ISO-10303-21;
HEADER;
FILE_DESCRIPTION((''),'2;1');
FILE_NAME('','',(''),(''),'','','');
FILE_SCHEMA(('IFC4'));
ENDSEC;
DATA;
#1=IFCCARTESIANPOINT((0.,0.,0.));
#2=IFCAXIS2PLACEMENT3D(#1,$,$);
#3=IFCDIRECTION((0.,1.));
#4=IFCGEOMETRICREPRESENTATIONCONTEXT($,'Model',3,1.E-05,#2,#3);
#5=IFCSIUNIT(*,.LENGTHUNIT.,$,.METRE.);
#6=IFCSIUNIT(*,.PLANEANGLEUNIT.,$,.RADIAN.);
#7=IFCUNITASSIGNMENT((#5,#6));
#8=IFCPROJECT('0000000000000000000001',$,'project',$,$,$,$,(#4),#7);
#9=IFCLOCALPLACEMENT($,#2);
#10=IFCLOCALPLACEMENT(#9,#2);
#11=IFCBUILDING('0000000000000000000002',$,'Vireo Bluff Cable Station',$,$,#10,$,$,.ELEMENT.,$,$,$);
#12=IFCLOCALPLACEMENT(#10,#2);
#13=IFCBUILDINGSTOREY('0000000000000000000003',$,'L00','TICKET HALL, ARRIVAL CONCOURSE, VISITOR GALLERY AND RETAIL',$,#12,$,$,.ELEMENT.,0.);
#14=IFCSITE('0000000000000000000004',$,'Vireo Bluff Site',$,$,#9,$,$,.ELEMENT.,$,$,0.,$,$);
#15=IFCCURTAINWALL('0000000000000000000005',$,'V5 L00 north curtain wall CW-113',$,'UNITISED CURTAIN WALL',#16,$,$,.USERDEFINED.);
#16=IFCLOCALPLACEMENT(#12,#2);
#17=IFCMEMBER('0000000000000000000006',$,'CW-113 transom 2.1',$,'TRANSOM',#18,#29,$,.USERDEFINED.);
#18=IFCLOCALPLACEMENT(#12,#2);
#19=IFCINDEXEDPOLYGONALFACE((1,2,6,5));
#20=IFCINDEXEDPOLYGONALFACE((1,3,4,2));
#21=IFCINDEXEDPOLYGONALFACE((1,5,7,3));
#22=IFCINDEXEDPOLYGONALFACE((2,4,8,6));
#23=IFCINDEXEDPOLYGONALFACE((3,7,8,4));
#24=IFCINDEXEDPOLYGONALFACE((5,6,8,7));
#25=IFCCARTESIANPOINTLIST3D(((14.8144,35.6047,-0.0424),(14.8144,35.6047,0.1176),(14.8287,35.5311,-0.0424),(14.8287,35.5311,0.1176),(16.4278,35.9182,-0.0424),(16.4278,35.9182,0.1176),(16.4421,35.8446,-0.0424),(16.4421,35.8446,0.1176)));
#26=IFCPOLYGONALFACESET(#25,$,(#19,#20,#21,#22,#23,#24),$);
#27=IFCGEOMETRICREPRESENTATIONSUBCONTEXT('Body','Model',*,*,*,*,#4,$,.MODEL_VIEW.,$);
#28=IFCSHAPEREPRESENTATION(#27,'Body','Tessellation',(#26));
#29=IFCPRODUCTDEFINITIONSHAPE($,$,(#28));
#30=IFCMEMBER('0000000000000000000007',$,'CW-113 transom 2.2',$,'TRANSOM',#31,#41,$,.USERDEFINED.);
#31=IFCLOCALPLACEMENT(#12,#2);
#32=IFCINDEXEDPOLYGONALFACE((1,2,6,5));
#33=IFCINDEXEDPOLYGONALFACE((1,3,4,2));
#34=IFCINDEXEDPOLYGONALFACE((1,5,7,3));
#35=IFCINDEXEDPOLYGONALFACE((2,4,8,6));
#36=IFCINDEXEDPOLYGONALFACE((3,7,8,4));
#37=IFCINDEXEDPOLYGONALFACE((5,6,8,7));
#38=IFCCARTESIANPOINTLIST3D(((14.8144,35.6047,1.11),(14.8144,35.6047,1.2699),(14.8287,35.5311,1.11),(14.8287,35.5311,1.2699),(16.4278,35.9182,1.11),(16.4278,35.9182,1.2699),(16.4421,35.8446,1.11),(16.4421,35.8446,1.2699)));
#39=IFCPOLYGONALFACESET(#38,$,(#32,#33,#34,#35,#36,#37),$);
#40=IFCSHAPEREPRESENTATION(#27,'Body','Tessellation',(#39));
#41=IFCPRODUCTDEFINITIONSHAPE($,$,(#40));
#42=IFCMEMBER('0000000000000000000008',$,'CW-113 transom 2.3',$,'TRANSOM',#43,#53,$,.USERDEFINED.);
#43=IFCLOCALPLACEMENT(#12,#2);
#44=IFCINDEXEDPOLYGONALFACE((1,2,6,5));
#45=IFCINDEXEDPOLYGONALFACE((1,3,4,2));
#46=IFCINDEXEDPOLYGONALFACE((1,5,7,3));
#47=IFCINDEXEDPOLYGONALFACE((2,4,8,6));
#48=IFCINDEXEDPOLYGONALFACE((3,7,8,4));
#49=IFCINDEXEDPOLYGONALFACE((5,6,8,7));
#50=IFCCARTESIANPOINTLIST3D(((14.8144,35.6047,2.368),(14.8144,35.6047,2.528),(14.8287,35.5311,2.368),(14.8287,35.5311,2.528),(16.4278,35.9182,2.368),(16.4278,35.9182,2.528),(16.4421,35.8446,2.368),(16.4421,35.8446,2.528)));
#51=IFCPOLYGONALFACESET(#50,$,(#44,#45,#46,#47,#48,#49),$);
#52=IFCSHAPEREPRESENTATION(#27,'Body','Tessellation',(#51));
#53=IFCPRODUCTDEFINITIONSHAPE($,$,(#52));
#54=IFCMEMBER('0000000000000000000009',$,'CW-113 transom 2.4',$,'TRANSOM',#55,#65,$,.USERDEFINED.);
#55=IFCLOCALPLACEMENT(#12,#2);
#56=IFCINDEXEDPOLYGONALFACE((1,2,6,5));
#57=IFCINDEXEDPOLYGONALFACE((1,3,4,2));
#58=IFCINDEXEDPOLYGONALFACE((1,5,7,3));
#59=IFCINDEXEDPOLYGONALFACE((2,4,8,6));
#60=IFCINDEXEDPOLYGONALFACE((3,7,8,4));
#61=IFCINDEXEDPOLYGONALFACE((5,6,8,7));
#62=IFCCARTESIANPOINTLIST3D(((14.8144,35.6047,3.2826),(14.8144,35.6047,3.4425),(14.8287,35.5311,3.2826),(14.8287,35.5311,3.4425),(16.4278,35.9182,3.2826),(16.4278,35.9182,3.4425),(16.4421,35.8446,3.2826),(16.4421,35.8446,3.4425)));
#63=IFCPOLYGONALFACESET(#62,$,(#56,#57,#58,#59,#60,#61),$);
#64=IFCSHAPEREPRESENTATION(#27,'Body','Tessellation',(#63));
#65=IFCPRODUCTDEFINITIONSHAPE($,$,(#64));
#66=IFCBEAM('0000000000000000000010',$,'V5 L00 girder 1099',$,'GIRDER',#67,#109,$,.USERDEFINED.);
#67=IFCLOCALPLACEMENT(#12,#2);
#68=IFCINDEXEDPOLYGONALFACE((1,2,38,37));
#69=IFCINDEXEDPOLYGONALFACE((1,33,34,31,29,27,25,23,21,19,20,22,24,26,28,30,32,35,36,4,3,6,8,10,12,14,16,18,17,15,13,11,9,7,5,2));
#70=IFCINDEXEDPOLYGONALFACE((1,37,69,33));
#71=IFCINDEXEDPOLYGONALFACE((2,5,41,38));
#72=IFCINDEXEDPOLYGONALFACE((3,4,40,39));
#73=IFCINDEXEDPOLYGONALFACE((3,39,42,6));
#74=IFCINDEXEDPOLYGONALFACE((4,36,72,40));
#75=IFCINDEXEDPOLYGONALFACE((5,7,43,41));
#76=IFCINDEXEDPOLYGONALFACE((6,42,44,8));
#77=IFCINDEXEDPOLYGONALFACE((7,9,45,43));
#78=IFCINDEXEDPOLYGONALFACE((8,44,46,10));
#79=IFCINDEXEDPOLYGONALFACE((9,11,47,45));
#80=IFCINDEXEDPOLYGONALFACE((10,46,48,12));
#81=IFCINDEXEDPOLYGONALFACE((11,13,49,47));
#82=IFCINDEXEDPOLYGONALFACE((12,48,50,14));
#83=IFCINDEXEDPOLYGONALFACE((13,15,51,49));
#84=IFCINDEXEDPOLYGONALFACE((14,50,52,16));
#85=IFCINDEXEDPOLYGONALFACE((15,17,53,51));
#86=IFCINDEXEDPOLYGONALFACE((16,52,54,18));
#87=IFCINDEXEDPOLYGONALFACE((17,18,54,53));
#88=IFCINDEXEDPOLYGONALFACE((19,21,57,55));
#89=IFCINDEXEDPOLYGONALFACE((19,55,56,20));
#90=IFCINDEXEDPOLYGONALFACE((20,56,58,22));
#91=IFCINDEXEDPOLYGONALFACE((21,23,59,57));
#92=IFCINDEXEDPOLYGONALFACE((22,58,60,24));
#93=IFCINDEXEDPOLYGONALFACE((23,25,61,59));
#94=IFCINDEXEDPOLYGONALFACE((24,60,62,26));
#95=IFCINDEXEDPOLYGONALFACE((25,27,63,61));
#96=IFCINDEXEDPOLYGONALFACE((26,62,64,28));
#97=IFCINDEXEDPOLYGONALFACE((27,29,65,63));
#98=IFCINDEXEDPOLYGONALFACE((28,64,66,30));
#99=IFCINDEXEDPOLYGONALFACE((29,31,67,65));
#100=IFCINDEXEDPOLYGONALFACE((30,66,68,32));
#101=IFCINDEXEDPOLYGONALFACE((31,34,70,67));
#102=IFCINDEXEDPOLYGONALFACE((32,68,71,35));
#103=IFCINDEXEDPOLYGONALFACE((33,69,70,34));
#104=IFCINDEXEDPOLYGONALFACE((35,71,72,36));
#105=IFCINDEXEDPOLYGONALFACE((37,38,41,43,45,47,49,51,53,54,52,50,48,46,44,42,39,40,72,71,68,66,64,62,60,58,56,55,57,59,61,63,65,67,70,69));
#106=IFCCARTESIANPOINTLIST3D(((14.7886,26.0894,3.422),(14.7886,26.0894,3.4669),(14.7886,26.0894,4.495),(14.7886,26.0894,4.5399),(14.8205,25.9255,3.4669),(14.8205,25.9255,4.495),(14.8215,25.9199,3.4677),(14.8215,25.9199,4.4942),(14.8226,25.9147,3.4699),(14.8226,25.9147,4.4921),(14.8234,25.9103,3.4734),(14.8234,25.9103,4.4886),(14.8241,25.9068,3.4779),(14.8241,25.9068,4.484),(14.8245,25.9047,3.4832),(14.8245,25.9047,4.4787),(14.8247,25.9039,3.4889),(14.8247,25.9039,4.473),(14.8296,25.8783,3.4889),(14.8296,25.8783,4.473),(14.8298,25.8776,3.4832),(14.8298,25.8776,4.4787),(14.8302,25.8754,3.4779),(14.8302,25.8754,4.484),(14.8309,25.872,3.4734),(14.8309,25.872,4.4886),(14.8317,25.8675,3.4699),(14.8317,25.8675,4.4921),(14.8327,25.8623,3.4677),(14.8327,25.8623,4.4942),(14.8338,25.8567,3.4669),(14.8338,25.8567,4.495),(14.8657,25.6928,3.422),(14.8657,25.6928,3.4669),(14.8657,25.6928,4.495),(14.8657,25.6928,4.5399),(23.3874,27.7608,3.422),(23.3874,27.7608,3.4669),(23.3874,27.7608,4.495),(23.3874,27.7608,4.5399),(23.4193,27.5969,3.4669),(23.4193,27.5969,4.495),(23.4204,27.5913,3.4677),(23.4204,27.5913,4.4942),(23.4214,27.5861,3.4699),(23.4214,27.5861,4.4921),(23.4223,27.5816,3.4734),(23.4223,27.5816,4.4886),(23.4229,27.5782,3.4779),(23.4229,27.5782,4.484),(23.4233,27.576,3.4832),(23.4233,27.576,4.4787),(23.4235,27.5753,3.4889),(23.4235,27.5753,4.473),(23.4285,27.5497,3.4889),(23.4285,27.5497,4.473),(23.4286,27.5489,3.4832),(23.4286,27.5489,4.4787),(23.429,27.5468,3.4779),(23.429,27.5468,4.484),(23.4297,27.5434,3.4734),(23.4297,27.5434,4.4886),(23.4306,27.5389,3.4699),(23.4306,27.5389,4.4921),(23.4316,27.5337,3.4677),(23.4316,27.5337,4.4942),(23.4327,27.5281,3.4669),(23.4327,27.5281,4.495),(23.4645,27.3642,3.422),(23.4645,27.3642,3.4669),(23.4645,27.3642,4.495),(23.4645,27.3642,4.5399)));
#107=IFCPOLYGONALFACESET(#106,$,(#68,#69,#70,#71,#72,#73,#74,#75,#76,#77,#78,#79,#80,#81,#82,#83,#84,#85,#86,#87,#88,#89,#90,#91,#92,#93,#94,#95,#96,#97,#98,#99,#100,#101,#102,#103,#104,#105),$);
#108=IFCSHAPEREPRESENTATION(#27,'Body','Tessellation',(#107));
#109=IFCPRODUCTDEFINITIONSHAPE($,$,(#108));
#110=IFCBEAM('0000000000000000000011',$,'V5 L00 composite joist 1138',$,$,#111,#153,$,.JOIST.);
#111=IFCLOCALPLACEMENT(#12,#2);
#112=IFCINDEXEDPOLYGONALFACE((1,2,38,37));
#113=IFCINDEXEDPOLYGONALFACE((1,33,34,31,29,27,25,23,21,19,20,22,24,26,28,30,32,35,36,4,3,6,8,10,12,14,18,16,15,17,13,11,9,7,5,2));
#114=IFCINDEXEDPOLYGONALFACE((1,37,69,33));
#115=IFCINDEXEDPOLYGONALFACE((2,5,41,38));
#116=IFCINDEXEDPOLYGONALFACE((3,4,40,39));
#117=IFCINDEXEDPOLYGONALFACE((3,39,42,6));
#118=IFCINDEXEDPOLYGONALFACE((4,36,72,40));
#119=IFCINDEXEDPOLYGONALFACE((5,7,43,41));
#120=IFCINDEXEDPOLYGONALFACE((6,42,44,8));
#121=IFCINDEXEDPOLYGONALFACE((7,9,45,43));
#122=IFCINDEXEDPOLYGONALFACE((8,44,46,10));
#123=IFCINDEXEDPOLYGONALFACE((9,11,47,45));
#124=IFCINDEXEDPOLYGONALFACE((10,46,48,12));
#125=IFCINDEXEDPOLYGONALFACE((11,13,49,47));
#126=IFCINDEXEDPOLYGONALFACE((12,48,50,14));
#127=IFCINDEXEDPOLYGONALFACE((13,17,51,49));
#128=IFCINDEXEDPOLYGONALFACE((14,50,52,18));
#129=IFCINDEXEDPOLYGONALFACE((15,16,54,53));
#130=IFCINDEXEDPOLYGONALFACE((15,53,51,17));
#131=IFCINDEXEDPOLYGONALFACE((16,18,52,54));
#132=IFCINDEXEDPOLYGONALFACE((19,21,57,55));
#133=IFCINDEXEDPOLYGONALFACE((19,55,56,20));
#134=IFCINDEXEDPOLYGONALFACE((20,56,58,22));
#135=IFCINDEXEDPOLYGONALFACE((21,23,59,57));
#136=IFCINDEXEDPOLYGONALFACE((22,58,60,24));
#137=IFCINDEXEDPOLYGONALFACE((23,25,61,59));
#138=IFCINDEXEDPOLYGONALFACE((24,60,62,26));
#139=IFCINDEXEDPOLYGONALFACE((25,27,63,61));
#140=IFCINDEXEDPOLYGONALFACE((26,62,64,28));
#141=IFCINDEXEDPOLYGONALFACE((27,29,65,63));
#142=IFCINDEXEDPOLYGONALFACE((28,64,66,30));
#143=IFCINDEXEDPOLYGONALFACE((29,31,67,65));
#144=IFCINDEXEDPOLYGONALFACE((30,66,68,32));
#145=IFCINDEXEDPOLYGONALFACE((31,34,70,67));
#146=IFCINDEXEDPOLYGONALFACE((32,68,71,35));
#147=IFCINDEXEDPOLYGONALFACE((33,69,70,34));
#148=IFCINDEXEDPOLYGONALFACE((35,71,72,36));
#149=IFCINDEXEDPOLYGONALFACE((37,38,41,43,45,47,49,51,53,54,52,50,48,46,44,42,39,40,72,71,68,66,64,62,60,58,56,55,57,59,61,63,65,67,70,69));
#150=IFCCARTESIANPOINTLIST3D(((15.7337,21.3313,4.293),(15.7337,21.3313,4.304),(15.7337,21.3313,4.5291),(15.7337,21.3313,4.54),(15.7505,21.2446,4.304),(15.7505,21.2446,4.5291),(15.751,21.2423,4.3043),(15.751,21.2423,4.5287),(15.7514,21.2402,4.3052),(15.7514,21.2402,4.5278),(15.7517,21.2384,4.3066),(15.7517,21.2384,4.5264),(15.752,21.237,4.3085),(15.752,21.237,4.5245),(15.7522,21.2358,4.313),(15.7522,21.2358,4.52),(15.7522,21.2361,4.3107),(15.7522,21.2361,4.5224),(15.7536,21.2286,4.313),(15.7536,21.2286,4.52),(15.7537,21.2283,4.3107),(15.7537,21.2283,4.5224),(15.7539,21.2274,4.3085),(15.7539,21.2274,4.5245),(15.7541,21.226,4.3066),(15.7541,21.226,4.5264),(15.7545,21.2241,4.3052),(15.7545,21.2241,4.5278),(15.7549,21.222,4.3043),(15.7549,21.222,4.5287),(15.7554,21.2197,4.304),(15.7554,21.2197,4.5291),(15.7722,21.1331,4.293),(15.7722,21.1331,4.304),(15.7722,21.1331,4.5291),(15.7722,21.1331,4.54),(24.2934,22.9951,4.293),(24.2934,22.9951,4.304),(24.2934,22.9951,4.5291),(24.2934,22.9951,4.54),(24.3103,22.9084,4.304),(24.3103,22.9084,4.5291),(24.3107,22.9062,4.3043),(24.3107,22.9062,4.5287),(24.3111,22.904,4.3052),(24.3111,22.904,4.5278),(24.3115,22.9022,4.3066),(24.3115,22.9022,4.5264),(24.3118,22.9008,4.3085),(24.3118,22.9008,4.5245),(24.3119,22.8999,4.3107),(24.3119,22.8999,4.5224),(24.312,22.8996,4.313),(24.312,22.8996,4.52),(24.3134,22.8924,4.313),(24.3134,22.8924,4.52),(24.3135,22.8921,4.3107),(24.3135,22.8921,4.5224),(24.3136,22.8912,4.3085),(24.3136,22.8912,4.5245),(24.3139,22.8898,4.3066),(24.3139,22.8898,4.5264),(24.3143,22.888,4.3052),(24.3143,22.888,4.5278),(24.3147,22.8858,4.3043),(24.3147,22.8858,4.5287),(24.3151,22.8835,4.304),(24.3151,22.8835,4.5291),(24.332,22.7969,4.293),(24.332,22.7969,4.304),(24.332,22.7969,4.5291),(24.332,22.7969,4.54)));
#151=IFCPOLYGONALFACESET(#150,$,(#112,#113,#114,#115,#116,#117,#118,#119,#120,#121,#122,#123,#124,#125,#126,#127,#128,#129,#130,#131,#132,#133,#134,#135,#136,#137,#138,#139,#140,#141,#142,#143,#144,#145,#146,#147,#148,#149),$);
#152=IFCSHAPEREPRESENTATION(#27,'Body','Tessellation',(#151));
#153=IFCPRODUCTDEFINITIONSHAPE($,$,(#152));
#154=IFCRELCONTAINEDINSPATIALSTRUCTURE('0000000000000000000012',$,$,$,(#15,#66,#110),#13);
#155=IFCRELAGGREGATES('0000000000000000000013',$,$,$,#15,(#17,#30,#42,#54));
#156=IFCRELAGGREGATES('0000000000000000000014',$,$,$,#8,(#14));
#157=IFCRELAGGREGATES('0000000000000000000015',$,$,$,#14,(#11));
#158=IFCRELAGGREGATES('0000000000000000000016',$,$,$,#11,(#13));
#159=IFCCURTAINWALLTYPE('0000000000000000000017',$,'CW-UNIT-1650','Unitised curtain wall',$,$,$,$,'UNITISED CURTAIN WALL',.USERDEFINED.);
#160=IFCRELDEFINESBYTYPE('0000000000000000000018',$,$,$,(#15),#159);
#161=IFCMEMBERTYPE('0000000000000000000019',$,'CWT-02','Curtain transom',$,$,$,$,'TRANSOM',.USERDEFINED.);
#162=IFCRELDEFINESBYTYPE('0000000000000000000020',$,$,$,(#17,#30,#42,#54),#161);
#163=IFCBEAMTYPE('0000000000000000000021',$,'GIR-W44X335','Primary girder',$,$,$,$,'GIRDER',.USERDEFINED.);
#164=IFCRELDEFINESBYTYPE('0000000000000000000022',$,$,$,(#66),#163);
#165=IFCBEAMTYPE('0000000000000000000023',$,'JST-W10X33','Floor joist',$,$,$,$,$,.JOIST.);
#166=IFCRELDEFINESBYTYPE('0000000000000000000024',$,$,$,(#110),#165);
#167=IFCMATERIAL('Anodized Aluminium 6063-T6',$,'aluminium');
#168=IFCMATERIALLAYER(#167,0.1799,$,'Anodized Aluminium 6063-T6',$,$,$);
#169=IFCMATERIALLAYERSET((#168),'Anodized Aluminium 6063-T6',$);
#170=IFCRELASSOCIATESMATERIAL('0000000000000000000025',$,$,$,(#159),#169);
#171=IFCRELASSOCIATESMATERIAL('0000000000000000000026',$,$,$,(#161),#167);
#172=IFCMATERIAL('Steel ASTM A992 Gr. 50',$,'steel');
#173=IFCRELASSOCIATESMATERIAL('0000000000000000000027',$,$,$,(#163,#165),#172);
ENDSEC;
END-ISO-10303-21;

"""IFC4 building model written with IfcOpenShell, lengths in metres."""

from ifc_helpers import new_model, si_unit, direction, frame, origin, origin_2d, place, context, subcontext, project, spatial, rectangle, i_section, extrude, material, layer, layer_set, material_profile, profile_set, type_object, element, aggregate, save


model = new_model("IFC4")

# Units and contexts
model_context = context("Model", 3, precision=1e-05, world=origin(), true_north=direction((0.0, 1.0)))
body_context = subcontext(model_context, "Body", "Model", "MODEL_VIEW")
ifc_project = project(units=[si_unit("LENGTHUNIT", "METRE"), si_unit("PLANEANGLEUNIT", "RADIAN")], contexts=[model_context])

# Site, building, storey
site_placement = place(None, origin())
site = spatial("IfcSite", under=ifc_project, at=site_placement, Name="Vireo Bluff Site", CompositionType="ELEMENT", RefElevation=0.0)
building_placement = place(site_placement, origin())
building = spatial("IfcBuilding", under=site, at=building_placement, Name="Vireo Bluff Cable Station", CompositionType="ELEMENT")
storey_placement = place(building_placement, origin())
storey = spatial("IfcBuildingStorey", under=building, at=storey_placement, Name="L00", Description="TICKET HALL, ARRIVAL CONCOURSE, VISITOR GALLERY AND RETAIL", CompositionType="ELEMENT", Elevation=0.0)

# Shared definitions
ifc_material_1 = material(Name="Steel ASTM A992 Gr. 50", Category="steel")

# Curtain wall, members
ifc_material_2 = material(Name="Anodized Aluminium 6063-T6", Category="aluminium")
ifc_layer_1 = layer(ifc_material_2, 0.1799, Name="Anodized Aluminium 6063-T6")
ifc_layer_set_1 = layer_set([ifc_layer_1], Name="Anodized Aluminium 6063-T6")
curtain_wall_type = type_object("IfcCurtainWallType", Name="CW-UNIT-1650", Description="Unitised curtain wall", ElementType="UNITISED CURTAIN WALL", PredefinedType="USERDEFINED", material=ifc_layer_set_1)
curtain_wall_placement = place(storey_placement, origin())
curtain_wall = element("IfcCurtainWall", 1, at=curtain_wall_placement, inside=storey, type_object=curtain_wall_type, Name="V5 L00 north curtain wall CW-113", ObjectType="UNITISED CURTAIN WALL", PredefinedType="USERDEFINED")
ifc_material_profile_1 = material_profile(ifc_material_2, rectangle(XDim=0.075, YDim=0.1599, at=origin_2d()), Name="ALU-T-75X160")
ifc_profile_set_1 = profile_set([ifc_material_profile_1], Name="Anodized Aluminium 6063-T6")
member_type_1 = type_object("IfcMemberType", Name="CWT-02", Description="Curtain transom", ElementType="TRANSOM", PredefinedType="USERDEFINED", material=ifc_profile_set_1)
member_1_placement = place(storey_placement, frame((14.8215, 35.5679, 0.0376), z_axis=(0.98164, 0.190742, 0.0), x_axis=(-0.190742, 0.98164, 0.0)))
member_1 = element("IfcMember", 2, at=member_1_placement, type_object=member_type_1, Name="CW-113 transom 2.1", ObjectType="TRANSOM", PredefinedType="USERDEFINED", context=body_context, shape_type="SweptSolid", body=[
    extrude(rectangle(XDim=0.075, YDim=0.1599, at=origin_2d()), origin(), (0.0, 0.0, 1.0), 1.6436),
])
member_2_placement = place(storey_placement, frame((14.8215, 35.5679, 1.1899), z_axis=(0.98164, 0.190742, 0.0), x_axis=(-0.190742, 0.98164, 0.0)))
member_2 = element("IfcMember", 3, at=member_2_placement, type_object=member_type_1, Name="CW-113 transom 2.2", ObjectType="TRANSOM", PredefinedType="USERDEFINED", context=body_context, shape_type="SweptSolid", body=[
    extrude(rectangle(XDim=0.075, YDim=0.1599, at=origin_2d()), origin(), (0.0, 0.0, 1.0), 1.6436),
])
member_3_placement = place(storey_placement, frame((14.8215, 35.5679, 2.448), z_axis=(0.98164, 0.190742, 0.0), x_axis=(-0.190742, 0.98164, 0.0)))
member_3 = element("IfcMember", 4, at=member_3_placement, type_object=member_type_1, Name="CW-113 transom 2.3", ObjectType="TRANSOM", PredefinedType="USERDEFINED", context=body_context, shape_type="SweptSolid", body=[
    extrude(rectangle(XDim=0.075, YDim=0.1599, at=origin_2d()), origin(), (0.0, 0.0, 1.0), 1.6436),
])
member_4_placement = place(storey_placement, frame((14.8215, 35.5679, 3.3625), z_axis=(0.98164, 0.190742, 0.0), x_axis=(-0.190742, 0.98164, 0.0)))
member_4 = element("IfcMember", 5, at=member_4_placement, type_object=member_type_1, Name="CW-113 transom 2.4", ObjectType="TRANSOM", PredefinedType="USERDEFINED", context=body_context, shape_type="SweptSolid", body=[
    extrude(rectangle(XDim=0.075, YDim=0.1599, at=origin_2d()), origin(), (0.0, 0.0, 1.0), 1.6436),
])

# Beams
ifc_material_profile_2 = material_profile(ifc_material_1, i_section(OverallWidth=0.4041, OverallDepth=1.1179, WebThickness=0.0261, FlangeThickness=0.0449, FilletRadius=0.022, at=origin_2d()), Name="W44X335")
ifc_profile_set_2 = profile_set([ifc_material_profile_2], Name="Steel ASTM A992 Gr. 50")
beam_type_1 = type_object("IfcBeamType", Name="GIR-W44X335", Description="Primary girder", ElementType="GIRDER", PredefinedType="USERDEFINED", material=ifc_profile_set_2)
beam_1_placement = place(storey_placement, frame((14.8271, 25.8911, 3.981), z_axis=(0.981629, 0.190802, 0.0), x_axis=(-0.190802, 0.981629, 0.0)))
element("IfcBeam", 6, at=beam_1_placement, inside=storey, type_object=beam_type_1, Name="V5 L00 girder 1099", ObjectType="GIRDER", PredefinedType="USERDEFINED", context=body_context, shape_type="SweptSolid", body=[
    extrude(i_section(OverallWidth=0.4041, OverallDepth=1.1179, WebThickness=0.0261, FlangeThickness=0.0449, FilletRadius=0.022, at=origin_2d()), origin(), (0.0, 0.0, 1.0), 8.7598),
])
ifc_material_profile_3 = material_profile(ifc_material_1, i_section(OverallWidth=0.2019, OverallDepth=0.2471, WebThickness=0.0073, FlangeThickness=0.011, FilletRadius=0.009, at=origin_2d()), Name="W10X33")
ifc_profile_set_3 = profile_set([ifc_material_profile_3], Name="Steel ASTM A992 Gr. 50")
beam_type_2 = type_object("IfcBeamType", Name="JST-W10X33", Description="Floor joist", PredefinedType="JOIST", material=ifc_profile_set_3)
beam_2_placement = place(storey_placement, frame((15.7529, 21.2322, 4.4165), z_axis=(0.981628, 0.190804, 0.0), x_axis=(-0.190804, 0.981628, 0.0)))
element("IfcBeam", 7, at=beam_2_placement, inside=storey, type_object=beam_type_2, Name="V5 L00 composite joist 1138", PredefinedType="JOIST", context=body_context, shape_type="SweptSolid", body=[
    extrude(i_section(OverallWidth=0.2019, OverallDepth=0.2471, WebThickness=0.0073, FlangeThickness=0.011, FilletRadius=0.009, at=origin_2d()), origin(), (0.0, 0.0, 1.0), 8.72),
])

aggregate(curtain_wall, [member_1, member_2, member_3, member_4])

save(model, "model.ifc")
